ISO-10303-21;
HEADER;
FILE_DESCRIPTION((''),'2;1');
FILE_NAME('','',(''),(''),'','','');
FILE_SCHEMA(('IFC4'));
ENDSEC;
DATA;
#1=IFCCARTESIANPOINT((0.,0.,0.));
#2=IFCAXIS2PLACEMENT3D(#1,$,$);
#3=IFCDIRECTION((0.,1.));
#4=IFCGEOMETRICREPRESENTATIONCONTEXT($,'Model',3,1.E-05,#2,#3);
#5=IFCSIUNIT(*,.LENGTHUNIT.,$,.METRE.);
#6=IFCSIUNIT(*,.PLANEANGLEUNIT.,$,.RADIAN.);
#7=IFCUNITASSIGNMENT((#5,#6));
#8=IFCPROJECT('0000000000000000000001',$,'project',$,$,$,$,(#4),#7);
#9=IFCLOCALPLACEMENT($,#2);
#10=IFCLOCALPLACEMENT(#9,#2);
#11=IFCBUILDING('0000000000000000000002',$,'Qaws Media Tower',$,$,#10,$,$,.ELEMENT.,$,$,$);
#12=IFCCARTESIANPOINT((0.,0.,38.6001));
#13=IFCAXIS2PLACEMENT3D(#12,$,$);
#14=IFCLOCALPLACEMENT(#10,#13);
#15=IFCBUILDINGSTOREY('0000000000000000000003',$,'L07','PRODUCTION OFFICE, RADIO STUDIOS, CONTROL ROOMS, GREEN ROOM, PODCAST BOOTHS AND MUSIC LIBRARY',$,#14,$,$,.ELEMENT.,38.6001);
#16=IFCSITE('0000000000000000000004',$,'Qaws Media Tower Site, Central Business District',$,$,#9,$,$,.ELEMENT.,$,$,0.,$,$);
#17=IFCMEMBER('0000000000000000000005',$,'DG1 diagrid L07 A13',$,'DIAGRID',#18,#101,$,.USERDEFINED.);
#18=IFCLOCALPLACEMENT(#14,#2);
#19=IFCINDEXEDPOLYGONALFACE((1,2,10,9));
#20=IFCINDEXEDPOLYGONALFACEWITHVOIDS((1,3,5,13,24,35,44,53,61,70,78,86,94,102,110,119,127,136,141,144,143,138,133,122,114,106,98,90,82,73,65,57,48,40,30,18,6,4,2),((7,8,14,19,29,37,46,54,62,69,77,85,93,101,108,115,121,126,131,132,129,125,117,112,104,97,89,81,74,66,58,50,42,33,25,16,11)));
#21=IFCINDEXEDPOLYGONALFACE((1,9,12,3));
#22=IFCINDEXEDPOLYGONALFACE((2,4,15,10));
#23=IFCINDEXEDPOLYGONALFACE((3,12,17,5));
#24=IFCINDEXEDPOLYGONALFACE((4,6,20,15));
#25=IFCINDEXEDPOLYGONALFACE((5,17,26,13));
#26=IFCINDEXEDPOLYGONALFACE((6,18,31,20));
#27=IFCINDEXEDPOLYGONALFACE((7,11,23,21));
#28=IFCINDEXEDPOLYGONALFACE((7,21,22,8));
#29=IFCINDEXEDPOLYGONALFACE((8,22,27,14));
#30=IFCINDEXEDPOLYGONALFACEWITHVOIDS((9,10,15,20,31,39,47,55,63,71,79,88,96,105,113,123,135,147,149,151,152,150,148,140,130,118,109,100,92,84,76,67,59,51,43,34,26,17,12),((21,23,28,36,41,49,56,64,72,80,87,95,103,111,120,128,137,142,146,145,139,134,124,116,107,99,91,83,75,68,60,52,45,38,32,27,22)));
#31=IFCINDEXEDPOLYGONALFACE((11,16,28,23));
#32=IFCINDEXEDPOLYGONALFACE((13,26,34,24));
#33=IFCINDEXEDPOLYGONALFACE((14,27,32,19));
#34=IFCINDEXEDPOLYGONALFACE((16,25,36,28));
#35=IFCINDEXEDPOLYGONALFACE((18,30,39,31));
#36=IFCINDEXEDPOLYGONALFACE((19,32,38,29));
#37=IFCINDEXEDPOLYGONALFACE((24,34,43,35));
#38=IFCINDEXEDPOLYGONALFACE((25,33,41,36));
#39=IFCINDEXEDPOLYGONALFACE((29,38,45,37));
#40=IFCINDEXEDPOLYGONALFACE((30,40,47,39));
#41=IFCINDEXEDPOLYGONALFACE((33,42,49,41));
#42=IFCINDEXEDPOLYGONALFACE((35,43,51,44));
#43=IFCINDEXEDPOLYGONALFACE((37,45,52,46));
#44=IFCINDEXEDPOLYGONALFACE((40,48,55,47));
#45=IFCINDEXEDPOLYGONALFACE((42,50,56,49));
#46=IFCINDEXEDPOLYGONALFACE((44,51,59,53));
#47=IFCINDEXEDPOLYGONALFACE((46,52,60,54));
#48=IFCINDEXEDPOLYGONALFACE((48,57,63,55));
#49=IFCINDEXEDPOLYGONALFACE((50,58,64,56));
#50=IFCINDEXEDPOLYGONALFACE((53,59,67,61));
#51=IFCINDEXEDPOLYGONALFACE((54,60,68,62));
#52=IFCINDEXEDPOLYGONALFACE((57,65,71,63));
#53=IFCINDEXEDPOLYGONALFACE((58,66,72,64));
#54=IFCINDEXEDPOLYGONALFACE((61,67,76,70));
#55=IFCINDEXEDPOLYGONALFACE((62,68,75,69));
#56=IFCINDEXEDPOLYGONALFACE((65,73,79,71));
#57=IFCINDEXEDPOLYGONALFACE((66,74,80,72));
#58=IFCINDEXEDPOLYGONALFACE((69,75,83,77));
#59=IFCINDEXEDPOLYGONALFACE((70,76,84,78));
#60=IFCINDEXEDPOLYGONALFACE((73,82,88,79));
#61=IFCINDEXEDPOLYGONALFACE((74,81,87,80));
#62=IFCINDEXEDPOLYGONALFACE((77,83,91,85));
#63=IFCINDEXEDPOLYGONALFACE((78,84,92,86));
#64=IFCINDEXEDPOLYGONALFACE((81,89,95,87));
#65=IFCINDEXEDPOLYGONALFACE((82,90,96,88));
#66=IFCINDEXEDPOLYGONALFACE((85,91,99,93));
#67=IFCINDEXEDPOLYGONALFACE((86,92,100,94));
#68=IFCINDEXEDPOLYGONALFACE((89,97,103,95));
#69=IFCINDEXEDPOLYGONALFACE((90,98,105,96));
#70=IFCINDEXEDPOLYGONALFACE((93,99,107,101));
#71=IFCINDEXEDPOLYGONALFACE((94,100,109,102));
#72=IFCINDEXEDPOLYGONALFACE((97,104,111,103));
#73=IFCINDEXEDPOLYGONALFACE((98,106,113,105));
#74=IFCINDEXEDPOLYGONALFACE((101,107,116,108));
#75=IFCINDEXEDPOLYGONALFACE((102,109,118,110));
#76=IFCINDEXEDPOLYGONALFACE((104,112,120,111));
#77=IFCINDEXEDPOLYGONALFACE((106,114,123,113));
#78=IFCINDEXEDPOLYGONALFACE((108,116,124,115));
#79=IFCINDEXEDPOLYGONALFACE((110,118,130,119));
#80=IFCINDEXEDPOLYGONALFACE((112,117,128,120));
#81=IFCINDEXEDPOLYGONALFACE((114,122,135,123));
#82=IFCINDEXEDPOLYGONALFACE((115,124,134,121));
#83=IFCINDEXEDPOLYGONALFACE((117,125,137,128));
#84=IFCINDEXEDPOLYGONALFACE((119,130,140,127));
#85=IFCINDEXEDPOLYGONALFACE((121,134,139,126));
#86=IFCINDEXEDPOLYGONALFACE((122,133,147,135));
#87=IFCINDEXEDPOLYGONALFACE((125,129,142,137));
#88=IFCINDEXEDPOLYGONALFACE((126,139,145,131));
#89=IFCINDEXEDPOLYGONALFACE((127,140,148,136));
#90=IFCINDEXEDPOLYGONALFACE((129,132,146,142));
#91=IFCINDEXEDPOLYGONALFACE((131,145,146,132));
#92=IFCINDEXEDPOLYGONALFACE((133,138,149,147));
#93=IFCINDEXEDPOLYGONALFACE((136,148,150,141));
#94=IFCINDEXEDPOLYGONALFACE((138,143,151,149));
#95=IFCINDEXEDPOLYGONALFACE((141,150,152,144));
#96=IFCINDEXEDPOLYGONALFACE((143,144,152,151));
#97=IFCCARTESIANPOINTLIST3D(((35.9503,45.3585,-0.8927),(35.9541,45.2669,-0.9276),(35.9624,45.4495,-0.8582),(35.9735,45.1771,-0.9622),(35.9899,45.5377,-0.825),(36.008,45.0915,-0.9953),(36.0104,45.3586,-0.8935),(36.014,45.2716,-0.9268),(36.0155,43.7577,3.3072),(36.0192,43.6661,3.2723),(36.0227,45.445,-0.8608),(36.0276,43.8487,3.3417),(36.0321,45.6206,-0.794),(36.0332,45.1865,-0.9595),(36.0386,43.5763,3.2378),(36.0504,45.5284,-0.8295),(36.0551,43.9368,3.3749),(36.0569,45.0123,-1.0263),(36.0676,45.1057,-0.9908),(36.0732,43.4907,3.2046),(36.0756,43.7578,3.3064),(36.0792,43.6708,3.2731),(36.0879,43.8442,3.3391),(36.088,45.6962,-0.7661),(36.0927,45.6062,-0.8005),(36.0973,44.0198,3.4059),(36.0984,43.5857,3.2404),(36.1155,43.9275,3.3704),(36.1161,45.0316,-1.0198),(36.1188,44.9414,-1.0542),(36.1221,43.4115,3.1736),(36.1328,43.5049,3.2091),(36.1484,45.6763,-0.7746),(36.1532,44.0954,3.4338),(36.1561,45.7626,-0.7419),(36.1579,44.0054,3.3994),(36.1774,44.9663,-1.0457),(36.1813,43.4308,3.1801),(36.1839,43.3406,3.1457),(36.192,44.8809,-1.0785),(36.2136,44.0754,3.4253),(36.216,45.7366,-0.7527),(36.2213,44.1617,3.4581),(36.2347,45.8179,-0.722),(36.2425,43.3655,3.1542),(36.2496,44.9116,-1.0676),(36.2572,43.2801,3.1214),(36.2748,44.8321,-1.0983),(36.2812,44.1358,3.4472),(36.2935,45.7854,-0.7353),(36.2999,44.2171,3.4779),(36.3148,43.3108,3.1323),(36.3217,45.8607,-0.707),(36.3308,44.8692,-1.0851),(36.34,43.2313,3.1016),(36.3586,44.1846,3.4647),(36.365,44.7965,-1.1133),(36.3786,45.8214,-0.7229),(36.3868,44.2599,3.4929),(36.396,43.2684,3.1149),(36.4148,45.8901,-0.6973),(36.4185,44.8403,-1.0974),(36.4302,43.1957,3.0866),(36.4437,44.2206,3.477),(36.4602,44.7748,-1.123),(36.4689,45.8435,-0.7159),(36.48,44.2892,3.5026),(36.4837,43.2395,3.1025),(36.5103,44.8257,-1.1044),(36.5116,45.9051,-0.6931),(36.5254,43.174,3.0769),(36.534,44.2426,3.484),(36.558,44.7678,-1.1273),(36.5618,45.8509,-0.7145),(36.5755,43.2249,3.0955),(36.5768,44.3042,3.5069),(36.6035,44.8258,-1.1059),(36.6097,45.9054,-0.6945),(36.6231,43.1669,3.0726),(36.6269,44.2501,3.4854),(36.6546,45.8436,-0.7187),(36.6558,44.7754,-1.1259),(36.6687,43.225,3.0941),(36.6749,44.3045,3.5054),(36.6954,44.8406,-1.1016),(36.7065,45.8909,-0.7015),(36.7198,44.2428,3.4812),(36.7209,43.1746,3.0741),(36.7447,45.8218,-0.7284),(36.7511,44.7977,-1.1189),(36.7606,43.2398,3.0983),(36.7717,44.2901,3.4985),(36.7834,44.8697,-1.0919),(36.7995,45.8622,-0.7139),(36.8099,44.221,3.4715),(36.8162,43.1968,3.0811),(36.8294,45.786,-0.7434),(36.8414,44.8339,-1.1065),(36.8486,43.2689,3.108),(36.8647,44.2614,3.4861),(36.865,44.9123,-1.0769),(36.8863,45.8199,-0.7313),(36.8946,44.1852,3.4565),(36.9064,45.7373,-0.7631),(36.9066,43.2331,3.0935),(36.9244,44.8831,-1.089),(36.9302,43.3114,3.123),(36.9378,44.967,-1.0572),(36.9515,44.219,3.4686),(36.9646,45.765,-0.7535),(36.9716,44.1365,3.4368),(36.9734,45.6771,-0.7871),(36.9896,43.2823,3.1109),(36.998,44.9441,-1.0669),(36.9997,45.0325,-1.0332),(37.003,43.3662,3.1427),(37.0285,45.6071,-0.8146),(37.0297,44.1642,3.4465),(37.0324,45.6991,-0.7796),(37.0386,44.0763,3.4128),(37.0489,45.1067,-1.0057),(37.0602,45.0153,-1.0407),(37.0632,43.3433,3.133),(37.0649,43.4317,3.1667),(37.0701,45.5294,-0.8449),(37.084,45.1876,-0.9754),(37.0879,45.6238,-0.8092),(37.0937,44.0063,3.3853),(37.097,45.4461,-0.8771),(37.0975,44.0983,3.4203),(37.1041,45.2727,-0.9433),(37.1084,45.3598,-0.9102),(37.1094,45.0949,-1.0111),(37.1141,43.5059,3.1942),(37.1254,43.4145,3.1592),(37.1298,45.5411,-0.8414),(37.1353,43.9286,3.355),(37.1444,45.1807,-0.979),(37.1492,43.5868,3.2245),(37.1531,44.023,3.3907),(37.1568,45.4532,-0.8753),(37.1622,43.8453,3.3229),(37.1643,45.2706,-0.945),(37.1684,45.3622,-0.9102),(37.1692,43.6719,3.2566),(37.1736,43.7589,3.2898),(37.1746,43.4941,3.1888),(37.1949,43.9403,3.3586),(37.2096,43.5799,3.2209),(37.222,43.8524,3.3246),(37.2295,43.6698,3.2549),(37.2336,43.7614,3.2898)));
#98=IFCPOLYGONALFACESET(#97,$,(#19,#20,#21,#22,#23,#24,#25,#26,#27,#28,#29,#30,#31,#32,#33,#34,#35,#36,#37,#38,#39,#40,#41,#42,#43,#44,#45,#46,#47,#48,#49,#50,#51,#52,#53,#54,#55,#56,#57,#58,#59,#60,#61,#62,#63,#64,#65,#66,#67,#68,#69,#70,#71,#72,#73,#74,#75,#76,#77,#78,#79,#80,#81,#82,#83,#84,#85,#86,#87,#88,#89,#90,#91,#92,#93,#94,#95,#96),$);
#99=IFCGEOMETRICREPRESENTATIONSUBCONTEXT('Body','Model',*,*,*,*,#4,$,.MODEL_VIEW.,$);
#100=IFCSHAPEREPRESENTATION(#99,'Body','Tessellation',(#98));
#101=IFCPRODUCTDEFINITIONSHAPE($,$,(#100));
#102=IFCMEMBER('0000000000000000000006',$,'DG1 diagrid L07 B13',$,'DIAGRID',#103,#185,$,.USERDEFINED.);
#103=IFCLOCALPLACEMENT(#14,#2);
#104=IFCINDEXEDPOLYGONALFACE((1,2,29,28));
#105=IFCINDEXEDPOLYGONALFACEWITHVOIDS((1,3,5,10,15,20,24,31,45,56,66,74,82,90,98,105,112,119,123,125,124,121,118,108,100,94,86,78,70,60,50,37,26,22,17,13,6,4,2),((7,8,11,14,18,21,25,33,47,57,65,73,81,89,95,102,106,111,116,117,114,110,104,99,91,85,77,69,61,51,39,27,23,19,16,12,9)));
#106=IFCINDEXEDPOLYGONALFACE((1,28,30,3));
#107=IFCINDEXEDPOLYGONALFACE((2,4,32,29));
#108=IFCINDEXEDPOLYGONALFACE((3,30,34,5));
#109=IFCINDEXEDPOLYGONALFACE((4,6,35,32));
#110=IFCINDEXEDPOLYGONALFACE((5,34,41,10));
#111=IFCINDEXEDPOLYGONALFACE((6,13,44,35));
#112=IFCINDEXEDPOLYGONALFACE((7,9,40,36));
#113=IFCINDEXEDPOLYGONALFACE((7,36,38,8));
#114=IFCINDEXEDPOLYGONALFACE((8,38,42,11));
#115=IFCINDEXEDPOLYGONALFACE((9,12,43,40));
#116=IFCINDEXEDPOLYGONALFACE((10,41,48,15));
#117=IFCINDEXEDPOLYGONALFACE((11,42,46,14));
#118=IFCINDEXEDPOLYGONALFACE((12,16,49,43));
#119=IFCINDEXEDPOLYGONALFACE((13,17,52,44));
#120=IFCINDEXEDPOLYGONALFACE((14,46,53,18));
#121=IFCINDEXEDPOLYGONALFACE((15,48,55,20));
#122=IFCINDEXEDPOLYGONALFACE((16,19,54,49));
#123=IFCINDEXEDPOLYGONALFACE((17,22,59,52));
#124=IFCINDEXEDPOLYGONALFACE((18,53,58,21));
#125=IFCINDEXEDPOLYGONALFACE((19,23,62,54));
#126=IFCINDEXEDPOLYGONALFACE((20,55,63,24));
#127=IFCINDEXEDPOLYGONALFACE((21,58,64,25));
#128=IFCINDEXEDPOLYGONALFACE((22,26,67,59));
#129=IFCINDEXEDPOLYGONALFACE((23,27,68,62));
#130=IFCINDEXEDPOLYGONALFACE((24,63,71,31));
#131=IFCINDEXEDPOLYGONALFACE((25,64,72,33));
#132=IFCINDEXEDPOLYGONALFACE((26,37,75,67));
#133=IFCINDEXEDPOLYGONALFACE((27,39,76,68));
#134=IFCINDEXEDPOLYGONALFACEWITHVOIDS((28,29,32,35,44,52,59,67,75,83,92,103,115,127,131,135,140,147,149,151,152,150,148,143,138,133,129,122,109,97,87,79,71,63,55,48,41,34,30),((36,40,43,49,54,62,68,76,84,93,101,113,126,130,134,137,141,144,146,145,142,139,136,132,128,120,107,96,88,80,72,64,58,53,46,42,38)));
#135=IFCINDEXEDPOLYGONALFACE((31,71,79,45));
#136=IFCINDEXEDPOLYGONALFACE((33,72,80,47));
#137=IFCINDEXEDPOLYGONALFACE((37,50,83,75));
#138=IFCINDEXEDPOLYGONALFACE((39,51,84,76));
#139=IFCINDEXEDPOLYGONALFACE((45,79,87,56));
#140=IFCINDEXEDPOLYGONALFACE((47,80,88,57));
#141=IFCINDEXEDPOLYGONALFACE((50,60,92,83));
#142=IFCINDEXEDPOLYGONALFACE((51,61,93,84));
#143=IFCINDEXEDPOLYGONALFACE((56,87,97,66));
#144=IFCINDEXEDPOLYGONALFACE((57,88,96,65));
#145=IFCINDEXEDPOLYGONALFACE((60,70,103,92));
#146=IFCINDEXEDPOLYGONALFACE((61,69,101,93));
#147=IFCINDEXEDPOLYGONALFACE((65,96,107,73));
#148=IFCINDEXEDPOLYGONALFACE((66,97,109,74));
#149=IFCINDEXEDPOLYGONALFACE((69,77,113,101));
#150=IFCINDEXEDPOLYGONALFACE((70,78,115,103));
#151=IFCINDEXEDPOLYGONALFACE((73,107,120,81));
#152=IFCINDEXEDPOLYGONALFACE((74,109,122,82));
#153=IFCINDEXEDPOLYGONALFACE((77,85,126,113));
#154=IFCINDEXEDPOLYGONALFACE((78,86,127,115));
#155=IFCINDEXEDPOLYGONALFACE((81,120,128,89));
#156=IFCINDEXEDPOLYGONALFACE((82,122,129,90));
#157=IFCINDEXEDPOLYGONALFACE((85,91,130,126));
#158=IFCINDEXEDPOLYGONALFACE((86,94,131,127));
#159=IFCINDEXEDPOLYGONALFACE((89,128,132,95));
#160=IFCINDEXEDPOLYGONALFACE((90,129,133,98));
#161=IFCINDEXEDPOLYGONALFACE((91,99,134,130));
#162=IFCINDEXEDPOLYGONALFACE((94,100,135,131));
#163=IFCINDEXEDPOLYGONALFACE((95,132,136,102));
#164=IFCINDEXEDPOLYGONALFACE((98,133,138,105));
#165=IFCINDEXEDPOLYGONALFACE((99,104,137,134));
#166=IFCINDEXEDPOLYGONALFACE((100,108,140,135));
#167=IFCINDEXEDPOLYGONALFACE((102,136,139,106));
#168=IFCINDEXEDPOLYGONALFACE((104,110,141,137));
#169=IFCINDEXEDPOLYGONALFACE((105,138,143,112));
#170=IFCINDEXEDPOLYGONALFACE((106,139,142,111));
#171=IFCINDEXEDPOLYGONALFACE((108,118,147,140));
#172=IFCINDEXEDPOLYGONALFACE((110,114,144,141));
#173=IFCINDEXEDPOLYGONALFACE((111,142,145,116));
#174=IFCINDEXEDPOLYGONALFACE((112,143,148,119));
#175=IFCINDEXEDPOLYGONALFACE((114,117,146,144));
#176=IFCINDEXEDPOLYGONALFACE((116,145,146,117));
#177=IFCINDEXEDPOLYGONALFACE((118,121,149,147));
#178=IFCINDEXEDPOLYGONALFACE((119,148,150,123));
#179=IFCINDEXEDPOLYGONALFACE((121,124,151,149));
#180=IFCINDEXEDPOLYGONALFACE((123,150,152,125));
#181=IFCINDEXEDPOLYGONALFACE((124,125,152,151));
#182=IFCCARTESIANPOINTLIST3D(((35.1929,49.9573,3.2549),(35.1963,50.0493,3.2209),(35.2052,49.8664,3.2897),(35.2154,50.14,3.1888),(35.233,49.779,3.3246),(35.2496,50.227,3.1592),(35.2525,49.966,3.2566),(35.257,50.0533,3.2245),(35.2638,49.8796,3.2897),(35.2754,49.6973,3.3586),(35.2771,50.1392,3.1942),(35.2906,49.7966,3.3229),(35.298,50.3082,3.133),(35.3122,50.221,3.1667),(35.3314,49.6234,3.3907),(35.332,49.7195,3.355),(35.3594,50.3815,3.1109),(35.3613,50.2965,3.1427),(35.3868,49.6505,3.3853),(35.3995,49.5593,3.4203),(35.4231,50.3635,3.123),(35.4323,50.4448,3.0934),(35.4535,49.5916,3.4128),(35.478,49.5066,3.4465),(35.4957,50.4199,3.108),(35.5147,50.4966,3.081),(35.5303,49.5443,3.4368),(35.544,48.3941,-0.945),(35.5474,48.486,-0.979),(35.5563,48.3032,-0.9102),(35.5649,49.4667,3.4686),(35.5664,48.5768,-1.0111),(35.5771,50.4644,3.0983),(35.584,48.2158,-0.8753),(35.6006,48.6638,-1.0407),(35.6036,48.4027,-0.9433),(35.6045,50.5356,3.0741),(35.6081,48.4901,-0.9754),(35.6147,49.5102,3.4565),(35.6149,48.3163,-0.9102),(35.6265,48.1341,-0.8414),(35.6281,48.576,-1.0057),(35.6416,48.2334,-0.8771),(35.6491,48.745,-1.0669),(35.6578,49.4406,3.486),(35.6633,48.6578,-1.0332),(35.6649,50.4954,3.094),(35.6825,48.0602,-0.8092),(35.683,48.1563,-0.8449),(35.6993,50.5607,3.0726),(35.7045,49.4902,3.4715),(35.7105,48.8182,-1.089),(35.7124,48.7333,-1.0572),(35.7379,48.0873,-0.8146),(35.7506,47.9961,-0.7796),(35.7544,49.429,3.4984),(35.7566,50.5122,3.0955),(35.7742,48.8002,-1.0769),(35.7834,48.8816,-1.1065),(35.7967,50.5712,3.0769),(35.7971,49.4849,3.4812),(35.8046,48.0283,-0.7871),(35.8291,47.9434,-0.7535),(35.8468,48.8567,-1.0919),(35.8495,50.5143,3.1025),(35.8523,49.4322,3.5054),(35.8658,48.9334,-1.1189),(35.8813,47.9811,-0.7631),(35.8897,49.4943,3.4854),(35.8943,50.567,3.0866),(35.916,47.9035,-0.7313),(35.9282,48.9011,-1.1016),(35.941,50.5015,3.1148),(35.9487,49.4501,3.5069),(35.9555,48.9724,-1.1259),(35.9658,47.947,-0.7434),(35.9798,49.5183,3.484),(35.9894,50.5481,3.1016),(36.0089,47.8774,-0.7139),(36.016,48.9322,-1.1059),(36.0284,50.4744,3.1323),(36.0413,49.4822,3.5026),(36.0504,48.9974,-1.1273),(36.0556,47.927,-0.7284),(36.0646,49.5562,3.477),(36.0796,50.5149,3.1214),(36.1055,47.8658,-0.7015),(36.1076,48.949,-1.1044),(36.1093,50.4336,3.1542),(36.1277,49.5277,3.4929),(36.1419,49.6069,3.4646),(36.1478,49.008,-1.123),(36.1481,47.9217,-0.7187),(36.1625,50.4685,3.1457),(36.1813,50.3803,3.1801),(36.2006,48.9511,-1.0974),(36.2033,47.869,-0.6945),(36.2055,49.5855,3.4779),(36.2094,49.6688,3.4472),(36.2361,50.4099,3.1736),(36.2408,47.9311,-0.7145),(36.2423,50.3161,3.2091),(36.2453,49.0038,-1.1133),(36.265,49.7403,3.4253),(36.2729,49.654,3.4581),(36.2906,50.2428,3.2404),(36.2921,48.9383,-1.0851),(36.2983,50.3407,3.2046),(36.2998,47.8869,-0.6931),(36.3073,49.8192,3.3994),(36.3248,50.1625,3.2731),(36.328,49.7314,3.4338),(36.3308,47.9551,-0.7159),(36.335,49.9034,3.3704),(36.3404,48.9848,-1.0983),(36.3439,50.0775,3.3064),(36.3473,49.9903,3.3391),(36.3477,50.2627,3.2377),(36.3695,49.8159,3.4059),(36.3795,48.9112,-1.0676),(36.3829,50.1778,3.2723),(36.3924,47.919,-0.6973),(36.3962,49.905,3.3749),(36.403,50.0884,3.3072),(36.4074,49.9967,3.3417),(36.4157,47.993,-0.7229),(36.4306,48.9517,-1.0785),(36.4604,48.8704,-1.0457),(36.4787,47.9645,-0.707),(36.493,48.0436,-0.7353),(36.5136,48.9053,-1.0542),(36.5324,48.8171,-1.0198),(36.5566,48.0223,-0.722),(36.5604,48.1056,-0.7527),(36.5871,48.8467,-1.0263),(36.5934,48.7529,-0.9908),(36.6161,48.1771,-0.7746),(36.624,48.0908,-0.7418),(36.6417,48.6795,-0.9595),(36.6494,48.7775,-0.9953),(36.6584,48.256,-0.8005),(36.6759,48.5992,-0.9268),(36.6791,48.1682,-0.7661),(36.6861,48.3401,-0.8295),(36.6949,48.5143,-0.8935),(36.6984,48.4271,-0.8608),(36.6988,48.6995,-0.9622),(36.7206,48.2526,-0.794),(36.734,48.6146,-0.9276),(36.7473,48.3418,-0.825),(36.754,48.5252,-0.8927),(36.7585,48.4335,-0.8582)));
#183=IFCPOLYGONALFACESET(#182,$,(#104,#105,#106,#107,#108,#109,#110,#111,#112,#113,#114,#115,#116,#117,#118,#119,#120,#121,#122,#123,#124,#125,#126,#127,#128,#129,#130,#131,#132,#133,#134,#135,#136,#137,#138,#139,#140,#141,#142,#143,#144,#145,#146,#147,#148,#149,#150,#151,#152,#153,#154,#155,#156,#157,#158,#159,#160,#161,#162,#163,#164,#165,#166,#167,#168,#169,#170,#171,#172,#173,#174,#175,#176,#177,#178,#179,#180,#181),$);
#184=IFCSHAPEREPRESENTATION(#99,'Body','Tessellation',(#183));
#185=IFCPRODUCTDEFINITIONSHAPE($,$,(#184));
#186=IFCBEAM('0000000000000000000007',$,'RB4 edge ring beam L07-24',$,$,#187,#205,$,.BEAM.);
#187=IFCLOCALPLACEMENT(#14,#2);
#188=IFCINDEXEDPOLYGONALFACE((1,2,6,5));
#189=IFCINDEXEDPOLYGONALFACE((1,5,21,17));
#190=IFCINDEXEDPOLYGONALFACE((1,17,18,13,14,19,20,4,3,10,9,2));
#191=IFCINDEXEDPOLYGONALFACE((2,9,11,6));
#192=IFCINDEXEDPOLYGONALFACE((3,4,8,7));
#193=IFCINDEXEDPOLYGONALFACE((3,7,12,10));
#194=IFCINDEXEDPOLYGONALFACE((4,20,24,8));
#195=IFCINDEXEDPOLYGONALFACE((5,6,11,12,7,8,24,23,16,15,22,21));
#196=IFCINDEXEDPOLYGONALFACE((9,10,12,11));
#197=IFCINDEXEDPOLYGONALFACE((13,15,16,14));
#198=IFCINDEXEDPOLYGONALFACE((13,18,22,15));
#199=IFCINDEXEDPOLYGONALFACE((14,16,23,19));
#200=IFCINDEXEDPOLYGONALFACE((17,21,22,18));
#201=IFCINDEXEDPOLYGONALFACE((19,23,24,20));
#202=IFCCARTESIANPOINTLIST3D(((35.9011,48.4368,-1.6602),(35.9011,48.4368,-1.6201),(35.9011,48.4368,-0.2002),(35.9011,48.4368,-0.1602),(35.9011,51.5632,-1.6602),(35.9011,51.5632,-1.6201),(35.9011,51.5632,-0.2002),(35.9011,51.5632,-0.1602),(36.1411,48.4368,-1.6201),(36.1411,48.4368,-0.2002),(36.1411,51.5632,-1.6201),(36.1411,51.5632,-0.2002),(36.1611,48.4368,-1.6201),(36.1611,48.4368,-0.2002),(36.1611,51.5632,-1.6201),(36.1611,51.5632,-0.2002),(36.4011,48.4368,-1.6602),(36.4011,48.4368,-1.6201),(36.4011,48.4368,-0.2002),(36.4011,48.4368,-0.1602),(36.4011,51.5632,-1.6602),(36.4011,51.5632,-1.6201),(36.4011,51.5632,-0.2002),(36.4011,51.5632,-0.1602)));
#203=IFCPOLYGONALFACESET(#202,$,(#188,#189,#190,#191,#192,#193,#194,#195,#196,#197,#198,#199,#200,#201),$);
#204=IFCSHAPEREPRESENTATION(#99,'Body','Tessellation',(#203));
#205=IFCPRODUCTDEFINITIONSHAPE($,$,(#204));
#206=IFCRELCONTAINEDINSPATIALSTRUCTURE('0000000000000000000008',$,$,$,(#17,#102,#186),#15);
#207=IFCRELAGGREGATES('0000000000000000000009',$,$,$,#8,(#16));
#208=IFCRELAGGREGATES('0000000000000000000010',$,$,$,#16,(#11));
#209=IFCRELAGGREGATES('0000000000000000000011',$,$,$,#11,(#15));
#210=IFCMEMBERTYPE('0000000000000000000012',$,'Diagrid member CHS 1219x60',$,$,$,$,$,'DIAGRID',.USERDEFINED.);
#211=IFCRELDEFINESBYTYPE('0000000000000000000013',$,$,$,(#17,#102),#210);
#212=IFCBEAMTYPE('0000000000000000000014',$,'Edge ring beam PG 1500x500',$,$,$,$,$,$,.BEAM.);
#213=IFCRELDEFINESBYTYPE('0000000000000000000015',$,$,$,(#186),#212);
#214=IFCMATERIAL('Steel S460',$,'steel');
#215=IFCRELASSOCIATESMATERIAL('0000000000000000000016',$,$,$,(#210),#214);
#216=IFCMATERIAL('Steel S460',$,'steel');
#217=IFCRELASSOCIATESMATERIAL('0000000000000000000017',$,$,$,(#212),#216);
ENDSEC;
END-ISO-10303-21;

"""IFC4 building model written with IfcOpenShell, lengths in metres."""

from ifc_helpers import new_model, si_unit, direction, frame, origin, origin_2d, place, context, subcontext, project, spatial, hollow_circle, i_section, extrude, material, material_profile, profile_set, type_object, element, save


model = new_model("IFC4")

# Units and contexts
model_context = context("Model", 3, precision=1e-05, world=origin(), true_north=direction((0.0, 1.0)))
body_context = subcontext(model_context, "Body", "Model", "MODEL_VIEW")
ifc_project = project(units=[si_unit("LENGTHUNIT", "METRE"), si_unit("PLANEANGLEUNIT", "RADIAN")], contexts=[model_context])

# Site, building, storey
site_placement = place(None, origin())
site = spatial("IfcSite", under=ifc_project, at=site_placement, Name="Qaws Media Tower Site, Central Business District", CompositionType="ELEMENT", RefElevation=0.0)
building_placement = place(site_placement, origin())
building = spatial("IfcBuilding", under=site, at=building_placement, Name="Qaws Media Tower", CompositionType="ELEMENT")
storey_placement = place(building_placement, frame((0.0, 0.0, 38.6001)))
storey = spatial("IfcBuildingStorey", under=building, at=storey_placement, Name="L07", Description="PRODUCTION OFFICE, RADIO STUDIOS, CONTROL ROOMS, GREEN ROOM, PODCAST BOOTHS AND MUSIC LIBRARY", CompositionType="ELEMENT", Elevation=38.6001)

# Members
ifc_material_1 = material(Name="Steel S460", Category="steel")
ifc_material_profile_1 = material_profile(ifc_material_1, hollow_circle(Radius=0.6096, WallThickness=0.0601, at=origin_2d()), Name="CHS 1219x60")
ifc_profile_set_1 = profile_set([ifc_material_profile_1], Name="Steel S460")
member_type_1 = type_object("IfcMemberType", Name="Diagrid member CHS 1219x60", ElementType="DIAGRID", PredefinedType="USERDEFINED", material=ifc_profile_set_1)
for number, where, z_axis, x_axis, name in (
    (1, (36.5593, 45.3374, -0.9102), (0.014501, -0.356123, 0.934327), (0.999172, 0.040686, 0.0), "DG1 diagrid L07 A13"),
    (2, (36.1511, 48.4368, -0.9102), (-0.0781, 0.347758, 0.934326), (-0.975697, -0.219124, 0.0), "DG1 diagrid L07 B13"),
):
    element("IfcMember", number, at=place(storey_placement, frame(where, z_axis=z_axis, x_axis=x_axis)), inside=storey, type_object=member_type_1, Name=name, ObjectType="DIAGRID", PredefinedType="USERDEFINED", context=body_context, shape_type="SweptSolid", body=[
        extrude(hollow_circle(Radius=0.6096, WallThickness=0.0601, at=origin_2d()), origin(), (0.0, 0.0, 1.0), 4.4951),
    ])

# Beam
ifc_material_2 = material(Name="Steel S460", Category="steel")
ifc_material_profile_2 = material_profile(ifc_material_2, i_section(OverallWidth=0.5, OverallDepth=1.5, WebThickness=0.02, FlangeThickness=0.04, at=origin_2d()), Name="PG 1500x500")
ifc_profile_set_2 = profile_set([ifc_material_profile_2], Name="Steel S460")
beam_type = type_object("IfcBeamType", Name="Edge ring beam PG 1500x500", PredefinedType="BEAM", material=ifc_profile_set_2)
beam_placement = place(storey_placement, frame((36.1511, 51.5632, -0.9102), z_axis=(0.0, -1.0, 0.0), x_axis=(1.0, 0.0, 0.0)))
element("IfcBeam", 3, at=beam_placement, inside=storey, type_object=beam_type, Name="RB4 edge ring beam L07-24", PredefinedType="BEAM", context=body_context, shape_type="SweptSolid", body=[
    extrude(i_section(OverallWidth=0.5, OverallDepth=1.5, WebThickness=0.02, FlangeThickness=0.04, at=origin_2d()), origin(), (0.0, 0.0, 1.0), 3.1265),
])

save(model, "model.ifc")
